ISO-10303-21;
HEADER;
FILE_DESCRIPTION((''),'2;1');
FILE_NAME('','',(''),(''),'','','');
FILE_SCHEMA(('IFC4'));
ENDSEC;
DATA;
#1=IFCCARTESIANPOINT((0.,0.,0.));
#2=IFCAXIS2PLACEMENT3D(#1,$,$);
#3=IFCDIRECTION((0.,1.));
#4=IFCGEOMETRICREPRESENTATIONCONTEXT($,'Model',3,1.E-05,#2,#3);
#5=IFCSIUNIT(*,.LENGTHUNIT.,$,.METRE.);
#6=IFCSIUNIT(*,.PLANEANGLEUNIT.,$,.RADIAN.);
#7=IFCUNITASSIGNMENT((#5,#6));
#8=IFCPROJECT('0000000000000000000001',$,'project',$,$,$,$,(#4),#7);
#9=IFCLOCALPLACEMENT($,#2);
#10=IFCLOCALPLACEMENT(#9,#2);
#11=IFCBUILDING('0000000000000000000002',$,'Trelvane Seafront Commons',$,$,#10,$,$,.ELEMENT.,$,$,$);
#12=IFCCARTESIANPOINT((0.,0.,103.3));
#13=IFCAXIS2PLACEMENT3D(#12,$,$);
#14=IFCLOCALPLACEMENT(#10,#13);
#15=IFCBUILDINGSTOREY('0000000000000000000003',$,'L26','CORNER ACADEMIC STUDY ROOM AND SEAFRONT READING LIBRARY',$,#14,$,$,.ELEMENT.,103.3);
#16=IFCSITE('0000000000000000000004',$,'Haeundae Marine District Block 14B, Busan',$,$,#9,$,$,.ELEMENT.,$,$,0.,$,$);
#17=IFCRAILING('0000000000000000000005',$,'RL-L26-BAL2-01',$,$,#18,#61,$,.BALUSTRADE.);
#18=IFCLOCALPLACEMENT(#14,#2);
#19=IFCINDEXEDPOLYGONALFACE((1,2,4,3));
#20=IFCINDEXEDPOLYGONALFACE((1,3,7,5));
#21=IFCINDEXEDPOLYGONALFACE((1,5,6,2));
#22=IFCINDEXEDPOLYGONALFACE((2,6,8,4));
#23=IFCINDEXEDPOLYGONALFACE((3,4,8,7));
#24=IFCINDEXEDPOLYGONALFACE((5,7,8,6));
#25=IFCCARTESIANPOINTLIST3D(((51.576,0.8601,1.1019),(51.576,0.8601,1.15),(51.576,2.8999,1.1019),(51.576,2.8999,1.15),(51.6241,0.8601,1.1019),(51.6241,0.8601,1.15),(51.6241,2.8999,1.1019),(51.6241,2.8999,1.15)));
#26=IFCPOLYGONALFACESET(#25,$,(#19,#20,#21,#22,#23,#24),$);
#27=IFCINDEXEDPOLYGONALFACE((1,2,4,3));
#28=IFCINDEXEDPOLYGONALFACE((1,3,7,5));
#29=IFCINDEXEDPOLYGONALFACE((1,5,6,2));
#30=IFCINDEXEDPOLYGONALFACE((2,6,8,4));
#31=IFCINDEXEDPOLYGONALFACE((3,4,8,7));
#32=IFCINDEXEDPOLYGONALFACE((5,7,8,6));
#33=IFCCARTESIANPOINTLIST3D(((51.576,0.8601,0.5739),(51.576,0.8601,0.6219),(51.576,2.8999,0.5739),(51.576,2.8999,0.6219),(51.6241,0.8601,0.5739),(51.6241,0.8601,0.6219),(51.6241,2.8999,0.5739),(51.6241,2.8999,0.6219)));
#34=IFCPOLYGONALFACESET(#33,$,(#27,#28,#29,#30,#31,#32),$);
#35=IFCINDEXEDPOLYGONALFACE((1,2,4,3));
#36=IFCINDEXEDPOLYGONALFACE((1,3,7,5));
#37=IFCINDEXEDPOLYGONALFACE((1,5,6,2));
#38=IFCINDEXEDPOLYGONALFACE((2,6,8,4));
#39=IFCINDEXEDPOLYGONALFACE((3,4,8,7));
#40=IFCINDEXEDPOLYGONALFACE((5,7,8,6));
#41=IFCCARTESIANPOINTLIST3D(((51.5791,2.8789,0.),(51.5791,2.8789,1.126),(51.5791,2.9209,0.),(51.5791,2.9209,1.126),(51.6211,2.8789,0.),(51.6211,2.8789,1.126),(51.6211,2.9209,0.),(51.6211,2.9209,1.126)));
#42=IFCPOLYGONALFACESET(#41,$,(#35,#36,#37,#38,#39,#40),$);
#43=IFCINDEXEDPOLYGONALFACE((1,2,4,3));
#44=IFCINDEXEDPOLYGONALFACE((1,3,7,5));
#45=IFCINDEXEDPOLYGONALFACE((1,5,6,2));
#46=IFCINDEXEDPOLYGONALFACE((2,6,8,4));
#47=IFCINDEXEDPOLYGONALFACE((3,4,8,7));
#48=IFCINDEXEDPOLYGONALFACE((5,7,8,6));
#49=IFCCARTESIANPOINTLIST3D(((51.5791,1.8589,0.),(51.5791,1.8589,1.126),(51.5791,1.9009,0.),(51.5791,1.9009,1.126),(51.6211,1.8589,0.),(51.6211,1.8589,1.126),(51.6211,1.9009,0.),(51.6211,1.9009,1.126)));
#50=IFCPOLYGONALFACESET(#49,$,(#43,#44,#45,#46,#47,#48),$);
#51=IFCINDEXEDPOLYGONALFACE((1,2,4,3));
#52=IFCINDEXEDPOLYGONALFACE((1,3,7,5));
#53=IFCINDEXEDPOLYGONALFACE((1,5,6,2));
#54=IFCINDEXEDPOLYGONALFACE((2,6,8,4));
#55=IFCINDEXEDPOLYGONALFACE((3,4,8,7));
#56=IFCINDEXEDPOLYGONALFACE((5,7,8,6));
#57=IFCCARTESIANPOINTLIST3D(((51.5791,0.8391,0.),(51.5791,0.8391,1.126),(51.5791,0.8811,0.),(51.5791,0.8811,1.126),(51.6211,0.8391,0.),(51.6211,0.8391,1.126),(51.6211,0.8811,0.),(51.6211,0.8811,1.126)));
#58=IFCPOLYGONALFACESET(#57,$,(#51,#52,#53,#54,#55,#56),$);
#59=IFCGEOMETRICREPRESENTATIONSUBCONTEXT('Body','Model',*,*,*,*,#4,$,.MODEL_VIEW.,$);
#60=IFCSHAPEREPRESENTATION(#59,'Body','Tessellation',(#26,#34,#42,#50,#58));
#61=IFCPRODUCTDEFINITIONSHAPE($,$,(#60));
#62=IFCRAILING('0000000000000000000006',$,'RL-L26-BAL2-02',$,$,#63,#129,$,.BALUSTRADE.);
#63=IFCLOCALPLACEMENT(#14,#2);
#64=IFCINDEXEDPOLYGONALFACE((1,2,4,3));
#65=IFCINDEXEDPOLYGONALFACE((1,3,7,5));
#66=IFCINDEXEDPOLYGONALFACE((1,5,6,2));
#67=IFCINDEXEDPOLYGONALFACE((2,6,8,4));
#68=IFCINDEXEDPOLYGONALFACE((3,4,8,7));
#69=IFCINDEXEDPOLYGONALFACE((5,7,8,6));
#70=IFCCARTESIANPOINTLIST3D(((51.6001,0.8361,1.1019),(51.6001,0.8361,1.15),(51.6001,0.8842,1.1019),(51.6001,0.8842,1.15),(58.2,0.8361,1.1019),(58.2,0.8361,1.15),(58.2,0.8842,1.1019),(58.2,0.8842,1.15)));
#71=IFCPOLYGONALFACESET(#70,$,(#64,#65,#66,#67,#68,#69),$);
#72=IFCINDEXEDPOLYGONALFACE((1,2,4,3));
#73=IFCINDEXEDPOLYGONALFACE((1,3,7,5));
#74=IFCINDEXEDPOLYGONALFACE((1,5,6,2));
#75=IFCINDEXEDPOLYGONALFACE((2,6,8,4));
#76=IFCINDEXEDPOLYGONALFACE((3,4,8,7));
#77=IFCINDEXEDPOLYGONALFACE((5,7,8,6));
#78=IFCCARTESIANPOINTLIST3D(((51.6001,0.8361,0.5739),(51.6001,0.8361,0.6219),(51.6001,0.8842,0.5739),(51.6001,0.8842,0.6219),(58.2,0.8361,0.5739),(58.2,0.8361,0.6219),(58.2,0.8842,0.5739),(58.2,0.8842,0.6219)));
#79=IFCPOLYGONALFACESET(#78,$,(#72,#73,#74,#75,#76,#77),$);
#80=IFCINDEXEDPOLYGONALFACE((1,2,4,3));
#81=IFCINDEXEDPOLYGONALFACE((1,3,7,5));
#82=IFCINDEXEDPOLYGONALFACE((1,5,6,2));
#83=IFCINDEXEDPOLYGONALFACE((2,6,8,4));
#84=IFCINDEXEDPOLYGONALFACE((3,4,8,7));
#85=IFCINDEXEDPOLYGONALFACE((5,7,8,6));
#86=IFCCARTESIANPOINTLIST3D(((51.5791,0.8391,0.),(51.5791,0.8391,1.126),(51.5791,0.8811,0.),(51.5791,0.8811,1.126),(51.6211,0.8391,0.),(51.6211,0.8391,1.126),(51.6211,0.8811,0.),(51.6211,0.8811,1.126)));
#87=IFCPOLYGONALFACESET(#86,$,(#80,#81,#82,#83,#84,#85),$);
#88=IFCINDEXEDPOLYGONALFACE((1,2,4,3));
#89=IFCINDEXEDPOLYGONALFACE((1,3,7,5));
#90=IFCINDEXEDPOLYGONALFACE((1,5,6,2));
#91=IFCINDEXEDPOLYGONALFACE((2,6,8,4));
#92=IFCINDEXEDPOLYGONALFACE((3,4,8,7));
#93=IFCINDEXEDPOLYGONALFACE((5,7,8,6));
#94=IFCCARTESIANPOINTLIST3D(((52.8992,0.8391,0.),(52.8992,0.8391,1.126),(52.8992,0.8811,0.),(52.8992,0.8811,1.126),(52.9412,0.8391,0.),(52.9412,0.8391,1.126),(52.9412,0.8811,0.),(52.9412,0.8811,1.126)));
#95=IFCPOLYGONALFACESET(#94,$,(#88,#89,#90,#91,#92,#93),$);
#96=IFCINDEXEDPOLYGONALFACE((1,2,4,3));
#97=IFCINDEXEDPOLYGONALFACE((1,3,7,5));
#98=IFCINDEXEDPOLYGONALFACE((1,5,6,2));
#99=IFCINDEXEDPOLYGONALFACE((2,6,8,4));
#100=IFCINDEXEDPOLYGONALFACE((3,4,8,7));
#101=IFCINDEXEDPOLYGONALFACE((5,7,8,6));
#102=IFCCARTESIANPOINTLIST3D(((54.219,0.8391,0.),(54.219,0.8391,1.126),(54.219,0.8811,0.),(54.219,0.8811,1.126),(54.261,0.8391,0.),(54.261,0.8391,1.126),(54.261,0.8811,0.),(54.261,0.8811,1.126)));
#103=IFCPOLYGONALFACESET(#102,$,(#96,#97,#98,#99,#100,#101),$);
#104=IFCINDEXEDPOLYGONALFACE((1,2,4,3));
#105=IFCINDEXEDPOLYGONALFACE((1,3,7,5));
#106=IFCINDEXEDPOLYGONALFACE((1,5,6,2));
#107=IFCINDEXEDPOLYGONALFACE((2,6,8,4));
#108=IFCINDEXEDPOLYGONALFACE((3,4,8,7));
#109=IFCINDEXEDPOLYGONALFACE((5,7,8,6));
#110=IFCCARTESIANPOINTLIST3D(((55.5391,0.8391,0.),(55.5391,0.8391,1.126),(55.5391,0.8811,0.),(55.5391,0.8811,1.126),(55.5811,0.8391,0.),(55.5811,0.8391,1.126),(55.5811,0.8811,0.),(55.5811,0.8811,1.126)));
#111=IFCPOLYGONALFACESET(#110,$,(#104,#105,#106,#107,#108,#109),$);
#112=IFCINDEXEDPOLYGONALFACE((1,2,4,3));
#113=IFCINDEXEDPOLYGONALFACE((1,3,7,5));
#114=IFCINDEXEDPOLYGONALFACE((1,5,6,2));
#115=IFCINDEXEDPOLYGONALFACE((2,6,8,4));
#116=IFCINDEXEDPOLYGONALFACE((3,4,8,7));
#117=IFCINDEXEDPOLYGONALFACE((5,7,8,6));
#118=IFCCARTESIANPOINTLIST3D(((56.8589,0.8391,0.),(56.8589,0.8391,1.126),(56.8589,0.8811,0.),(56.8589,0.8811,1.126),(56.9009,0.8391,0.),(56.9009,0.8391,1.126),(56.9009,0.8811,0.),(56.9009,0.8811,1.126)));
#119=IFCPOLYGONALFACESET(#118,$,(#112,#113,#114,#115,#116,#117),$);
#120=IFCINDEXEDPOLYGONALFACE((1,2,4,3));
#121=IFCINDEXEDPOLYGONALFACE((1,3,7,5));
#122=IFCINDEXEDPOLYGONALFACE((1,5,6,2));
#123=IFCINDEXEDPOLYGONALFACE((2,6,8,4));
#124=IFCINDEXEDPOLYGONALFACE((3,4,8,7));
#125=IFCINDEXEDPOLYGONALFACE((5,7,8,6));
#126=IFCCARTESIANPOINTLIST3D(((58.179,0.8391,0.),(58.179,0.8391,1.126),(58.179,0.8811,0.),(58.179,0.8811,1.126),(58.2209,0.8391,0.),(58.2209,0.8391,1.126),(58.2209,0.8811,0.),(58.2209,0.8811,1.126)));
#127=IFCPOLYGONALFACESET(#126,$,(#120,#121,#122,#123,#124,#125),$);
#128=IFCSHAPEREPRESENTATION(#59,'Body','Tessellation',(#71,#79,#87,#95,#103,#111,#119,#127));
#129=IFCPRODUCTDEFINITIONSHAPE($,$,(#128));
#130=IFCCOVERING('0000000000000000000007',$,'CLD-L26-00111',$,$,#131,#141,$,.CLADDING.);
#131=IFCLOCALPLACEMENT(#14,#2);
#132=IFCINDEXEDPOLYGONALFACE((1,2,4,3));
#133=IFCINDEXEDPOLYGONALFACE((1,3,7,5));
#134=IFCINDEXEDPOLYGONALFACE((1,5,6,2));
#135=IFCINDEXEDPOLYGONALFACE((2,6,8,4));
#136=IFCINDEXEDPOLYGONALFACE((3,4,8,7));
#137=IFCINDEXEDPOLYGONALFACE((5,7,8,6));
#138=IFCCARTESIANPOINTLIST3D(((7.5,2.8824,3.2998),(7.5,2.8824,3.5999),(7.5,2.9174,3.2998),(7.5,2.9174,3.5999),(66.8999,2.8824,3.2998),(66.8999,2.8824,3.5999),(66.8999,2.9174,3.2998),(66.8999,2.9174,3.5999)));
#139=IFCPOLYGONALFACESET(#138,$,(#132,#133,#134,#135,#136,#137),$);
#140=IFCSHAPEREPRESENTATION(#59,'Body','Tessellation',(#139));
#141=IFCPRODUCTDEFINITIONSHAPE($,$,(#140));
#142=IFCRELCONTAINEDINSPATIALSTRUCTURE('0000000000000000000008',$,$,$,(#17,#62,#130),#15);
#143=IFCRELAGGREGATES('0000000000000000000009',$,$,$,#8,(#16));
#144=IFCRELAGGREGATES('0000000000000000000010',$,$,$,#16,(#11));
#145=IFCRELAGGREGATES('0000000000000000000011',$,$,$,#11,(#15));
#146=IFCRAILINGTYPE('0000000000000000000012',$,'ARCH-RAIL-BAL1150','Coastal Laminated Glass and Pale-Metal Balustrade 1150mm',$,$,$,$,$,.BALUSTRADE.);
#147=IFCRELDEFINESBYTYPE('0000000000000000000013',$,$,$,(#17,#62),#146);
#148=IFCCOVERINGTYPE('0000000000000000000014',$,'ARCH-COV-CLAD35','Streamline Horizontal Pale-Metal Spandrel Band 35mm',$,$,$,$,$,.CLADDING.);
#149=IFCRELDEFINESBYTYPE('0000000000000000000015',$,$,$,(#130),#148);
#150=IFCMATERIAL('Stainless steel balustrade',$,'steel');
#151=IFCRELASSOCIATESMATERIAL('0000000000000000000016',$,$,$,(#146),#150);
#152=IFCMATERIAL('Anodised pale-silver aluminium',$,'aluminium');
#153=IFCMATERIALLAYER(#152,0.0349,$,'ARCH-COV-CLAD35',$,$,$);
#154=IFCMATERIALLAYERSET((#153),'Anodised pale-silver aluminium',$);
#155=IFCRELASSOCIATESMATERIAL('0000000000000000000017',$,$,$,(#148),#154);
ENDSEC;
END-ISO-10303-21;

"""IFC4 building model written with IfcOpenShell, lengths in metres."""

from ifc_helpers import new_model, si_unit, direction, frame, origin, origin_2d, place, context, subcontext, project, spatial, rectangle, extrude, source, transform, mapped, material, layer, layer_set, type_object, element, save


model = new_model("IFC4")

# Units and contexts
model_context = context("Model", 3, precision=1e-05, world=origin(), true_north=direction((0.0, 1.0)))
body_context = subcontext(model_context, "Body", "Model", "MODEL_VIEW")
ifc_project = project(units=[si_unit("LENGTHUNIT", "METRE"), si_unit("PLANEANGLEUNIT", "RADIAN")], contexts=[model_context])

# Site, building, storey
site_placement = place(None, origin())
site = spatial("IfcSite", under=ifc_project, at=site_placement, Name="Haeundae Marine District Block 14B, Busan", CompositionType="ELEMENT", RefElevation=0.0)
building_placement = place(site_placement, origin())
building = spatial("IfcBuilding", under=site, at=building_placement, Name="Trelvane Seafront Commons", CompositionType="ELEMENT")
storey_placement = place(building_placement, frame((0.0, 0.0, 103.3)))
storey = spatial("IfcBuildingStorey", under=building, at=storey_placement, Name="L26", Description="CORNER ACADEMIC STUDY ROOM AND SEAFRONT READING LIBRARY", CompositionType="ELEMENT", Elevation=103.3)

# Shared definitions
ifc_material_1 = material(Name="Anodised pale-silver aluminium", Category="aluminium")

# Railings
ifc_material_2 = material(Name="Stainless steel balustrade", Category="steel")
railing_type = type_object("IfcRailingType", Name="ARCH-RAIL-BAL1150", Description="Coastal Laminated Glass and Pale-Metal Balustrade 1150mm", PredefinedType="BALUSTRADE", material=ifc_material_2)
railing_1_placement = place(storey_placement, frame((51.6001, 2.8999, 0.0)))
element("IfcRailing", 1, at=railing_1_placement, inside=storey, type_object=railing_type, Name="RL-L26-BAL2-01", PredefinedType="BALUSTRADE", context=body_context, shape_type="SweptSolid", body=[
    extrude(rectangle(XDim=0.0481, YDim=0.0481, at=origin_2d()), frame((0.0, 0.0, 1.126), z_axis=(0.0, -1.0, 0.0), x_axis=(1.0, 0.0, 0.0)), (0.0, 0.0, 1.0), 2.0398),
    extrude(rectangle(XDim=0.0481, YDim=0.0481, at=origin_2d()), frame((0.0, 0.0, 0.5979), z_axis=(0.0, -1.0, 0.0), x_axis=(1.0, 0.0, 0.0)), (0.0, 0.0, 1.0), 2.0398),
    extrude(rectangle(XDim=0.042, YDim=0.042, at=origin_2d()), origin(), (0.0, 0.0, 1.0), 1.126),
    extrude(rectangle(XDim=0.042, YDim=0.042, at=origin_2d()), frame((0.0, -1.02, 0.0)), (0.0, 0.0, 1.0), 1.126),
    extrude(rectangle(XDim=0.042, YDim=0.042, at=origin_2d()), frame((0.0, -2.0398, 0.0)), (0.0, 0.0, 1.0), 1.126),
])
railing_2_placement = place(storey_placement, frame((51.6001, 0.8601, 0.0)))
element("IfcRailing", 2, at=railing_2_placement, inside=storey, type_object=railing_type, Name="RL-L26-BAL2-02", PredefinedType="BALUSTRADE", context=body_context, shape_type="SweptSolid", body=[
    extrude(rectangle(XDim=0.0481, YDim=0.0481, at=origin_2d()), frame((0.0, 0.0, 1.126), z_axis=(1.0, 0.0, 0.0), x_axis=(0.0, 1.0, 0.0)), (0.0, 0.0, 1.0), 6.5999),
    extrude(rectangle(XDim=0.0481, YDim=0.0481, at=origin_2d()), frame((0.0, 0.0, 0.5979), z_axis=(1.0, 0.0, 0.0), x_axis=(0.0, 1.0, 0.0)), (0.0, 0.0, 1.0), 6.5999),
    extrude(rectangle(XDim=0.042, YDim=0.042, at=origin_2d()), origin(), (0.0, 0.0, 1.0), 1.126),
    extrude(rectangle(XDim=0.042, YDim=0.042, at=origin_2d()), frame((1.3201, 0.0, 0.0)), (0.0, 0.0, 1.0), 1.126),
    extrude(rectangle(XDim=0.042, YDim=0.042, at=origin_2d()), frame((2.6399, 0.0, 0.0)), (0.0, 0.0, 1.0), 1.126),
    extrude(rectangle(XDim=0.042, YDim=0.042, at=origin_2d()), frame((3.96, 0.0, 0.0)), (0.0, 0.0, 1.0), 1.126),
    extrude(rectangle(XDim=0.042, YDim=0.042, at=origin_2d()), frame((5.2798, 0.0, 0.0)), (0.0, 0.0, 1.0), 1.126),
    extrude(rectangle(XDim=0.042, YDim=0.042, at=origin_2d()), frame((6.5999, 0.0, 0.0)), (0.0, 0.0, 1.0), 1.126),
])

# Covering
ifc_layer_1 = layer(ifc_material_1, 0.0349, Name="ARCH-COV-CLAD35")
ifc_layer_set_1 = layer_set([ifc_layer_1], Name="Anodised pale-silver aluminium")
covering_type = type_object("IfcCoveringType", Name="ARCH-COV-CLAD35", Description="Streamline Horizontal Pale-Metal Spandrel Band 35mm", PredefinedType="CLADDING", material=ifc_layer_set_1)
shared_shape_1 = source(origin(), body_context, "Body", "SweptSolid", [
    extrude(rectangle(XDim=59.3999, YDim=0.0349, at=origin_2d()), origin(), (0.0, 0.0, 1.0), 0.3),
])
covering_placement = place(storey_placement, frame((37.2, 2.8999, 3.2998), z_axis=(0.0, 0.0, 1.0), x_axis=(-1.0, 0.0, 0.0)))
element("IfcCovering", 3, at=covering_placement, inside=storey, type_object=covering_type, Name="CLD-L26-00111", PredefinedType="CLADDING", context=body_context, shape_type="MappedRepresentation", body=[
    mapped(shared_shape_1, transform((0.0, 0.0, 0.0), x_axis=(1.0, 0.0, 0.0), y_axis=(0.0, 1.0, 0.0), z_axis=(0.0, 0.0, 1.0), scale=1.0)),
])

save(model, "model.ifc")
